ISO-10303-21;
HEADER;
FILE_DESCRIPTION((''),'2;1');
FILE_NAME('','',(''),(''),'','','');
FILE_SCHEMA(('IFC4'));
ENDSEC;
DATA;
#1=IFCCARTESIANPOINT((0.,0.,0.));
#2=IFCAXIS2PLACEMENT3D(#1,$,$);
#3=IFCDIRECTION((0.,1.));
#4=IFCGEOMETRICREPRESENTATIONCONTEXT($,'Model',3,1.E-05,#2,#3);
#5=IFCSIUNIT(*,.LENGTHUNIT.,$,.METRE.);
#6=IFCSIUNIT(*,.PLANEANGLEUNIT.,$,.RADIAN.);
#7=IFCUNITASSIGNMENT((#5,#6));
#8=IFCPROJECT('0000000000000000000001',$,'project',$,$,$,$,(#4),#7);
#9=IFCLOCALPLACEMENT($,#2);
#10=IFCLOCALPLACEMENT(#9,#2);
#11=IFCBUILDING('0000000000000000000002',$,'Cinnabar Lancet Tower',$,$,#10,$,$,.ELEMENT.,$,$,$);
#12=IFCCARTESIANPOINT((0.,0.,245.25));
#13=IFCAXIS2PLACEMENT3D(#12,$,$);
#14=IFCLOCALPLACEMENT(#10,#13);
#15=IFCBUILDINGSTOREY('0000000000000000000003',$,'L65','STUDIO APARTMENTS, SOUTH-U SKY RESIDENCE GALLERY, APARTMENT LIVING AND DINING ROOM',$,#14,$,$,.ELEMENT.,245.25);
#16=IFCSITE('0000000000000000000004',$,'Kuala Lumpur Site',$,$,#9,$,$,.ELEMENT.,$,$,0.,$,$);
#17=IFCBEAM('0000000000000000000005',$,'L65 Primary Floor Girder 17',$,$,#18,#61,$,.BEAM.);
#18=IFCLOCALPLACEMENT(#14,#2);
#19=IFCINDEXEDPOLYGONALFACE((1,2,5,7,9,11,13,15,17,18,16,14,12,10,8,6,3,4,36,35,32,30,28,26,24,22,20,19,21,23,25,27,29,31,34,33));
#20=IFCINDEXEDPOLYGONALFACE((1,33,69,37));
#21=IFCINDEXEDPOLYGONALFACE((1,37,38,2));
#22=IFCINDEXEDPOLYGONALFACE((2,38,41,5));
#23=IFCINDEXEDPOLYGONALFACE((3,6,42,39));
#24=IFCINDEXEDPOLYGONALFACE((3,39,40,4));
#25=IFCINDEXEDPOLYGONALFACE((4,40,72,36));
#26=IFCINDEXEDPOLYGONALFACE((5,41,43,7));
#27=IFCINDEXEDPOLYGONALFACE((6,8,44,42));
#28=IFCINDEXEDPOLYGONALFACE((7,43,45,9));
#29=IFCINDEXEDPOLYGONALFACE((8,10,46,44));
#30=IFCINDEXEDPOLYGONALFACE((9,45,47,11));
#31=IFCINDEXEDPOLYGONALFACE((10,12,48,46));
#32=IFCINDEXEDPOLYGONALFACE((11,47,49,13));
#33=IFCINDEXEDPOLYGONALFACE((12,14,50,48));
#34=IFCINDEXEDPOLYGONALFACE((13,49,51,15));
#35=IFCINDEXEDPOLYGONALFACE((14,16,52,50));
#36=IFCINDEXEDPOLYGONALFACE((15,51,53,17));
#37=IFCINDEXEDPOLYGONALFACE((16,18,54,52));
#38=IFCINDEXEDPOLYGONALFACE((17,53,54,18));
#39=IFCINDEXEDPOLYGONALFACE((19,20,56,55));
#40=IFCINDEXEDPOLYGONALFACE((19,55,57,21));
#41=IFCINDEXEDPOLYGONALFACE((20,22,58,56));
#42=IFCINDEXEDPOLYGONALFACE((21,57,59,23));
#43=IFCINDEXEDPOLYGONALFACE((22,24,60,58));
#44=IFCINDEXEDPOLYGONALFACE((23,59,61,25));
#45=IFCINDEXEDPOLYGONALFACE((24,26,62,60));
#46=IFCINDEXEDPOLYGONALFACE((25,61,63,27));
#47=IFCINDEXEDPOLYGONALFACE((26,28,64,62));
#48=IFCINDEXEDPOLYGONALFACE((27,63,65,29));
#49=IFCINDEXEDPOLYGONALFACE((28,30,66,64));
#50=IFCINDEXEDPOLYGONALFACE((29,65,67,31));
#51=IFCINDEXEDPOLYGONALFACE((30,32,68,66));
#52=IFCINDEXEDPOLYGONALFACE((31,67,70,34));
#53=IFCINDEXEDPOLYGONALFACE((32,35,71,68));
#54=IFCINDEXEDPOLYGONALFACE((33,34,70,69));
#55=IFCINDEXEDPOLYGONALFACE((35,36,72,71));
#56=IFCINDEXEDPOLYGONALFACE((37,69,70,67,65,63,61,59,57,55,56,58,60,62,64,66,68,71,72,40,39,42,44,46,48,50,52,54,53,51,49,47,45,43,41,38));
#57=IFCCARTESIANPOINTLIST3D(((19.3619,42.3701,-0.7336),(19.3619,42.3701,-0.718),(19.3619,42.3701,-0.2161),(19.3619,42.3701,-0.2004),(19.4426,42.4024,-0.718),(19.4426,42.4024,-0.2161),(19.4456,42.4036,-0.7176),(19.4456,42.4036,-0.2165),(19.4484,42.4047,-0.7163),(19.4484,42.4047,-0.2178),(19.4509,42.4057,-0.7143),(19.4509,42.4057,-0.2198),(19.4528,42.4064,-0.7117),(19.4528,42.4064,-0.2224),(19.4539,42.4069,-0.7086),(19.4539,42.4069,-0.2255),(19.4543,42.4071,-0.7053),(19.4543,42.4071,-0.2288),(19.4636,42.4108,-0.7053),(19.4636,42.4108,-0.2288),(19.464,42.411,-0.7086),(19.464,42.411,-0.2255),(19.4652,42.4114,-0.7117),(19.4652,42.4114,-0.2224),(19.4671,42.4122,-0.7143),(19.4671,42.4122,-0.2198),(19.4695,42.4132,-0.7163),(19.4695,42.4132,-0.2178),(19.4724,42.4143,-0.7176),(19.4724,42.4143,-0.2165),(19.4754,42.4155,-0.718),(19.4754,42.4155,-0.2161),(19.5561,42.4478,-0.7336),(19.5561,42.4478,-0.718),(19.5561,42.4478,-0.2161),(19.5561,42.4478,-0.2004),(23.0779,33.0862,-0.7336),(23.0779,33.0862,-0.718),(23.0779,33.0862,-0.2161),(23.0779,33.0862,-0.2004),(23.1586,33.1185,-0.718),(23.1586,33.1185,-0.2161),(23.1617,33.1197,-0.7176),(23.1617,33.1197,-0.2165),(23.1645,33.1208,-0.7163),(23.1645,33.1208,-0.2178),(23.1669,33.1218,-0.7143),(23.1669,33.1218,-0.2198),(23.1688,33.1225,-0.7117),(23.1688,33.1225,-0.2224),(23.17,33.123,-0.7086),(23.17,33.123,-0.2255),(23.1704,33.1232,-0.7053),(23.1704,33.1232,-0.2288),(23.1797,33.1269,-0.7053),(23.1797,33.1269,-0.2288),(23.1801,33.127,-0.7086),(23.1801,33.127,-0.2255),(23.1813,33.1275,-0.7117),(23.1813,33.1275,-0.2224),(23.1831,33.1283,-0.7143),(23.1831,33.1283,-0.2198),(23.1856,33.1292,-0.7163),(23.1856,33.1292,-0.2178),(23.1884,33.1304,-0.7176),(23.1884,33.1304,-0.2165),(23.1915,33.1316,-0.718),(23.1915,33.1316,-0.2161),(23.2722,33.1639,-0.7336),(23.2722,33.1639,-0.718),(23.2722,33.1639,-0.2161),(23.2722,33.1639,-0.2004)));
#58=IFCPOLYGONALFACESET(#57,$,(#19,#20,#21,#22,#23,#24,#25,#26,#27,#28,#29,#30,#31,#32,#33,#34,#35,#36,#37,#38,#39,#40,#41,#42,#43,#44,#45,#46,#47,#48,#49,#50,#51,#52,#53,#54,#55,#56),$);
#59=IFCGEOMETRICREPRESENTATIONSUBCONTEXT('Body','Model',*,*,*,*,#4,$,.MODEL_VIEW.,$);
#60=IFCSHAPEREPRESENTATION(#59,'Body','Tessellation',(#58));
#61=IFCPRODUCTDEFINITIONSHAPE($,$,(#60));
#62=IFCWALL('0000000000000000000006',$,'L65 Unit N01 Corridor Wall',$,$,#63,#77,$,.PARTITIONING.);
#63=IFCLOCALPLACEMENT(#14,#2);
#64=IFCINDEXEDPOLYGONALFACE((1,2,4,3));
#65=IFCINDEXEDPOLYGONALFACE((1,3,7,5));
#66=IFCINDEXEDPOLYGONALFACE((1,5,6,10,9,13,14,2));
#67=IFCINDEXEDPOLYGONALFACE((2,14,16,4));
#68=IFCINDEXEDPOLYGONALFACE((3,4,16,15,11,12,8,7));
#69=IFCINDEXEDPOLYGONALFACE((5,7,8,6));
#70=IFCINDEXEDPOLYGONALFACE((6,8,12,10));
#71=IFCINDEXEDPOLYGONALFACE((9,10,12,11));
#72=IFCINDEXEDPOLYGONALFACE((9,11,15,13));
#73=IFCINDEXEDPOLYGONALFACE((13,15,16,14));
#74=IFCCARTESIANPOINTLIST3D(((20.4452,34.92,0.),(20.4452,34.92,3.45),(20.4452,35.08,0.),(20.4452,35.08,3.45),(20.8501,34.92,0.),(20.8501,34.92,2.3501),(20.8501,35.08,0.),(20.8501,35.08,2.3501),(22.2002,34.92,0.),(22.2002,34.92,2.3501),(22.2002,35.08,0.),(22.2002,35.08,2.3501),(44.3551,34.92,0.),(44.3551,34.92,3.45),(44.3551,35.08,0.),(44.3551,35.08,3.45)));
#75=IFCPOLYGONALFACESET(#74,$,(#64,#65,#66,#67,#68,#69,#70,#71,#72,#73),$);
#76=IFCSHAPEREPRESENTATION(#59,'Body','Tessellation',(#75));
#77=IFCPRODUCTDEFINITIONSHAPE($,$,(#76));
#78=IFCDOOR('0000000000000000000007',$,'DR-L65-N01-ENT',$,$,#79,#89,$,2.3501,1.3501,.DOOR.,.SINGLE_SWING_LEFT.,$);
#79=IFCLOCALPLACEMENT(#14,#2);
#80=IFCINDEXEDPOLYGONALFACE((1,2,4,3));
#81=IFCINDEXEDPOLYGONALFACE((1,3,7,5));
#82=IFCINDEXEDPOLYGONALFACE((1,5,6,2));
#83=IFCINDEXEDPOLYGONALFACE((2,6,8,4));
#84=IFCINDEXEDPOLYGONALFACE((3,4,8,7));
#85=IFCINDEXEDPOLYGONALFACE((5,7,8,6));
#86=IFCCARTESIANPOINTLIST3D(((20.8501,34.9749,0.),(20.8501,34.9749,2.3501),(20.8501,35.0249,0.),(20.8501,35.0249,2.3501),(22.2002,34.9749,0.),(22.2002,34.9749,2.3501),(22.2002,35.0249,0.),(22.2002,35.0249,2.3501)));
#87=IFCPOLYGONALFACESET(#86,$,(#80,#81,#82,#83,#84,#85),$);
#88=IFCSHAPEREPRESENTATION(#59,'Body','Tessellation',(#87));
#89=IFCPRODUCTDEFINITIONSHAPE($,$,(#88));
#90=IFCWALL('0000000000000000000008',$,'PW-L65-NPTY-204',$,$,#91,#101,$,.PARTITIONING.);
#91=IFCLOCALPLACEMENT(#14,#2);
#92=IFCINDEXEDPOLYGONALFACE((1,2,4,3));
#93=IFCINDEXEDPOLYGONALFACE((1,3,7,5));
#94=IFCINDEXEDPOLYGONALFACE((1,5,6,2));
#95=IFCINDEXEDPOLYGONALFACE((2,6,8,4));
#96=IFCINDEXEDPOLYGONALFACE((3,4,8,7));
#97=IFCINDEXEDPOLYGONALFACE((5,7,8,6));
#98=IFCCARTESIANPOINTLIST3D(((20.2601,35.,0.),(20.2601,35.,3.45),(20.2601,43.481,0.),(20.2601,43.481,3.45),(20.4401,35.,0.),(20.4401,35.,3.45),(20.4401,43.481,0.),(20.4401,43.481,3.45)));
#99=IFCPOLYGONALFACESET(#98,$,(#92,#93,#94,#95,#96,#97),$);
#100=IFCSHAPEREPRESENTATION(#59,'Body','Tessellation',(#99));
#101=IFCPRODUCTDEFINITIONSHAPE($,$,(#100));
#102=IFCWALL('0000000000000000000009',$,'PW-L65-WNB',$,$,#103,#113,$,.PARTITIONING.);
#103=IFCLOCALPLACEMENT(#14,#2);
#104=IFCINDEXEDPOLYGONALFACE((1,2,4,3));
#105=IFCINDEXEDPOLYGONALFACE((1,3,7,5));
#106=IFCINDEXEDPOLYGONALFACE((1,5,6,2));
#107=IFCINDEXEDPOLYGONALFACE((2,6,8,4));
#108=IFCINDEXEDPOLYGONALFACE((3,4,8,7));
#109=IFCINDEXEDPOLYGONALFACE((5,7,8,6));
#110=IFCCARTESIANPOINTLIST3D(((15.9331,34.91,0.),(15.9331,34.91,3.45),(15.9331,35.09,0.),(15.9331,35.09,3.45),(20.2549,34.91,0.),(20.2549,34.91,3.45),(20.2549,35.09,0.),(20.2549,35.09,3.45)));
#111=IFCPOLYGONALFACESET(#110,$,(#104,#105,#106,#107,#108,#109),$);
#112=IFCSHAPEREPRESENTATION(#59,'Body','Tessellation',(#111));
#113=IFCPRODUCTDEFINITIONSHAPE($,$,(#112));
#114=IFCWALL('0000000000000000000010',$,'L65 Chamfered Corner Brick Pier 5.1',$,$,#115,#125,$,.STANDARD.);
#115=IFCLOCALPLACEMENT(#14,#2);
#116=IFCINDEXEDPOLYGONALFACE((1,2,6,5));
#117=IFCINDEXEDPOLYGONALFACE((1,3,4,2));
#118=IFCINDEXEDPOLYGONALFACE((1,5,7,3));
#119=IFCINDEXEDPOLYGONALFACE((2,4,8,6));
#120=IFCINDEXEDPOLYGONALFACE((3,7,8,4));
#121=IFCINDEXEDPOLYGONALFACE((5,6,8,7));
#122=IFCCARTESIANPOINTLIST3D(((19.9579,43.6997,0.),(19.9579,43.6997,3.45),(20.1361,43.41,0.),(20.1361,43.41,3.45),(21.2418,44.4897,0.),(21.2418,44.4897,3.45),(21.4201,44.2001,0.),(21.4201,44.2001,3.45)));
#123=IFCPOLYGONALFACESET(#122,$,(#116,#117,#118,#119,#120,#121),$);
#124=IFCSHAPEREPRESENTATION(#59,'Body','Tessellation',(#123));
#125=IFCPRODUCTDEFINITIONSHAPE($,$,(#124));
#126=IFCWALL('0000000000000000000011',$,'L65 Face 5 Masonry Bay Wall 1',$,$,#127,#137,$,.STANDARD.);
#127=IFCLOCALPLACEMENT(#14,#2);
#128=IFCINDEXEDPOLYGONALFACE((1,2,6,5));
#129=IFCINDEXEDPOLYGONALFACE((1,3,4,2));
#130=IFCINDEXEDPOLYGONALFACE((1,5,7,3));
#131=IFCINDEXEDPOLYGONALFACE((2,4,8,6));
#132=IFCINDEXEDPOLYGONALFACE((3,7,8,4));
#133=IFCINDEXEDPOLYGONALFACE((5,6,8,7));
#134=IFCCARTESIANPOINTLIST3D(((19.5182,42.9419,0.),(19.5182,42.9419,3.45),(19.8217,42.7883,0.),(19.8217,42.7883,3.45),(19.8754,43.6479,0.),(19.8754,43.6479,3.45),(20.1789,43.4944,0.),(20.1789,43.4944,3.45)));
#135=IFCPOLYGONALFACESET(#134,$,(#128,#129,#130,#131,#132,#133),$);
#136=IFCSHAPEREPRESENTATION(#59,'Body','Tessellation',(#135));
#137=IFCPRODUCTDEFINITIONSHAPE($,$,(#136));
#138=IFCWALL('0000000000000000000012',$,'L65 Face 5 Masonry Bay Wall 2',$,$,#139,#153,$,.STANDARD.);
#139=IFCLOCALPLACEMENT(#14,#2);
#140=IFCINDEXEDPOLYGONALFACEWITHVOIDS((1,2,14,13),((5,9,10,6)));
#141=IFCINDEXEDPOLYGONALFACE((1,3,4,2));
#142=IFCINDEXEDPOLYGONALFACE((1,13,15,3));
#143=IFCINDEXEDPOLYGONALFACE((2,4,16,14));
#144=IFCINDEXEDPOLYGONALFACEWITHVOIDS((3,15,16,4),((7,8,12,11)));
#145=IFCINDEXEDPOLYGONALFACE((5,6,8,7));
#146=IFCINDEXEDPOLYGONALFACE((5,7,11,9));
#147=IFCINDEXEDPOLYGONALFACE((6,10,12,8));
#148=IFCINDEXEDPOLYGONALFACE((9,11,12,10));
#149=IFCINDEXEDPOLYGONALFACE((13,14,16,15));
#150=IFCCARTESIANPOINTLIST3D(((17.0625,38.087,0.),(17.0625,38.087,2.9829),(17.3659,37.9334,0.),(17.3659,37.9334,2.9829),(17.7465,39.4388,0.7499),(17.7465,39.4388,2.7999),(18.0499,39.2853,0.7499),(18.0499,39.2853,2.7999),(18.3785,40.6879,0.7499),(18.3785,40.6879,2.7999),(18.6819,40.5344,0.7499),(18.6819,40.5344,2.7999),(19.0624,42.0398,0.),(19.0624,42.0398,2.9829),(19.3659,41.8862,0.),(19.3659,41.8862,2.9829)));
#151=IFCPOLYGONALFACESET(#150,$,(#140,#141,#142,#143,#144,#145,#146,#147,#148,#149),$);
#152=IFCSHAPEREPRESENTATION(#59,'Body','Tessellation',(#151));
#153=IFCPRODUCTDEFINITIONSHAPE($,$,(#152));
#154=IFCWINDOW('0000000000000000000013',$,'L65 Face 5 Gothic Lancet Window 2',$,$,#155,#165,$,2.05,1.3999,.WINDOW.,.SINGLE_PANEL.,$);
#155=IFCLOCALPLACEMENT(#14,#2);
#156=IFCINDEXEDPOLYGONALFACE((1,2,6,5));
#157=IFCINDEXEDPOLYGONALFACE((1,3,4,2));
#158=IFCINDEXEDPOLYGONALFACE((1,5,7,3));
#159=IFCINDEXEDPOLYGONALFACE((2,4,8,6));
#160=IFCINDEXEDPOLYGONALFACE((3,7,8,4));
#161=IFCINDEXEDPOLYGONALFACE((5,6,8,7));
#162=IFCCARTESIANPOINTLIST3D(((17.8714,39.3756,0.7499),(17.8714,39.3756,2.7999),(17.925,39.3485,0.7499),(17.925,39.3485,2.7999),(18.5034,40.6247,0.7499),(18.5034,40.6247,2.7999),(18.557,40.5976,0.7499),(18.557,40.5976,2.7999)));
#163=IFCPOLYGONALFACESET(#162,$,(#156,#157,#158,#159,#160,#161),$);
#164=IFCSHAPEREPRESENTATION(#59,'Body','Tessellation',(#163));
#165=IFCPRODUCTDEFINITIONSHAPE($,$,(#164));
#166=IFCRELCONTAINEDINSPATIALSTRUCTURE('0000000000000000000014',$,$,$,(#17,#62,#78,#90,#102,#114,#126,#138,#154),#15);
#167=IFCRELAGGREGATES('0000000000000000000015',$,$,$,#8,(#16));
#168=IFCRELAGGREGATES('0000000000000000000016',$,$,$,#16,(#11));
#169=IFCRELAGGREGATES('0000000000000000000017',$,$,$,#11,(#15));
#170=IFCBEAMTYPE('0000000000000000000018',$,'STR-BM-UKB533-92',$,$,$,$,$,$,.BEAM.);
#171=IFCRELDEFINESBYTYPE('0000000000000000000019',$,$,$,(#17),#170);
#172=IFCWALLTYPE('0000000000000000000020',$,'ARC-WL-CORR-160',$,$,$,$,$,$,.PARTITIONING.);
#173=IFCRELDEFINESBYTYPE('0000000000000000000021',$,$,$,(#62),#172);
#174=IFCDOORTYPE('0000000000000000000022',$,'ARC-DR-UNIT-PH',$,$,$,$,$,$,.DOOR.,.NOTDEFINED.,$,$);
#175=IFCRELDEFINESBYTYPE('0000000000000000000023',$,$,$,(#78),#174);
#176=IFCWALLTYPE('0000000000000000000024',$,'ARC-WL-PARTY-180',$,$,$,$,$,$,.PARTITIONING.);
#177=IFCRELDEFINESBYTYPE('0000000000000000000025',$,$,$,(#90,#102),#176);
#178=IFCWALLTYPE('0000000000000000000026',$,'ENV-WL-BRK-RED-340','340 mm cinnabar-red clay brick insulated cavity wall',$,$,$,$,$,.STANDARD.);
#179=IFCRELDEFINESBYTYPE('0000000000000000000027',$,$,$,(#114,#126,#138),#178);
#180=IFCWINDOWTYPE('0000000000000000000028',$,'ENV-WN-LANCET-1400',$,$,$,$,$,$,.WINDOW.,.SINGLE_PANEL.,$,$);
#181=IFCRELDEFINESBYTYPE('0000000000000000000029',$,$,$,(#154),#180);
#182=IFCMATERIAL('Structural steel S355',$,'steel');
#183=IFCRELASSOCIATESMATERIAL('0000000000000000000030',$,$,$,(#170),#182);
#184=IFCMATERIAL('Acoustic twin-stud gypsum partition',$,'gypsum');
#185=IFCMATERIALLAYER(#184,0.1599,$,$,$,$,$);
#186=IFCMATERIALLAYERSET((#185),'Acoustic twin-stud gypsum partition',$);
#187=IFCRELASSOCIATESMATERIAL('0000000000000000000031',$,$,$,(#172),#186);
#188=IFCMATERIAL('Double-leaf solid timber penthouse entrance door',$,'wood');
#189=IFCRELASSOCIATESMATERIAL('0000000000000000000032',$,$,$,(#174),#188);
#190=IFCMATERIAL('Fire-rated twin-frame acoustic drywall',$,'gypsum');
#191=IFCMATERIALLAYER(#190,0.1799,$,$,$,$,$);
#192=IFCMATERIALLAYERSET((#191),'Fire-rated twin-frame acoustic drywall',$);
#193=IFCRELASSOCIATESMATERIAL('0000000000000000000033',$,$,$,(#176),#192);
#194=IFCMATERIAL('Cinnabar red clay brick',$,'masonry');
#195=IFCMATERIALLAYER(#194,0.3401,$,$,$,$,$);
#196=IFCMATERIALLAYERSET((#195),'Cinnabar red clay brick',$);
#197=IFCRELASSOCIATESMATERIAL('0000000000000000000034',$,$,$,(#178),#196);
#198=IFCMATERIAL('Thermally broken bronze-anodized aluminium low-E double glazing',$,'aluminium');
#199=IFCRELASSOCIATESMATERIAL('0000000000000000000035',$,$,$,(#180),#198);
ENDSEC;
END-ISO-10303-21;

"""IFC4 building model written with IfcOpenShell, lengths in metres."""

from ifc_helpers import new_model, si_unit, direction, frame, frame_2d, origin, origin_2d, place, context, subcontext, project, spatial, rectangle, i_section, extrude, material, layer, layer_set, material_profile, profile_set, type_object, element, fill, save


model = new_model("IFC4")

# Units and contexts
model_context = context("Model", 3, precision=1e-05, world=origin(), true_north=direction((0.0, 1.0)))
body_context = subcontext(model_context, "Body", "Model", "MODEL_VIEW")
ifc_project = project(units=[si_unit("LENGTHUNIT", "METRE"), si_unit("PLANEANGLEUNIT", "RADIAN")], contexts=[model_context])

# Site, building, storey
site_placement = place(None, origin())
site = spatial("IfcSite", under=ifc_project, at=site_placement, Name="Kuala Lumpur Site", CompositionType="ELEMENT", RefElevation=0.0)
building_placement = place(site_placement, origin())
building = spatial("IfcBuilding", under=site, at=building_placement, Name="Cinnabar Lancet Tower", CompositionType="ELEMENT")
storey_placement = place(building_placement, frame((0.0, 0.0, 245.25)))
storey = spatial("IfcBuildingStorey", under=building, at=storey_placement, Name="L65", Description="STUDIO APARTMENTS, SOUTH-U SKY RESIDENCE GALLERY, APARTMENT LIVING AND DINING ROOM", CompositionType="ELEMENT", Elevation=245.25)

# Beam
ifc_material_1 = material(Name="Structural steel S355", Category="steel")
ifc_material_profile_1 = material_profile(ifc_material_1, i_section(OverallWidth=0.2092, OverallDepth=0.5332, WebThickness=0.01, FlangeThickness=0.0156, FilletRadius=0.0127, at=origin_2d()), Name="UKB 533x210x92")
ifc_profile_set_1 = profile_set([ifc_material_profile_1], Name="Structural steel S355")
beam_type_1 = type_object("IfcBeamType", Name="STR-BM-UKB533-92", PredefinedType="BEAM", material=ifc_profile_set_1)
beam_1_placement = place(storey_placement, frame((19.459, 42.4089, -0.467), z_axis=(0.371605, -0.928391, 0.0), x_axis=(0.928391, 0.371605, 0.0)))
element("IfcBeam", 1, at=beam_1_placement, inside=storey, type_object=beam_type_1, Name="L65 Primary Floor Girder 17", PredefinedType="BEAM", context=body_context, shape_type="SweptSolid", body=[
    extrude(i_section(OverallWidth=0.2092, OverallDepth=0.5332, WebThickness=0.01, FlangeThickness=0.0156, FilletRadius=0.0127, at=origin_2d()), origin(), (0.0, 0.0, 1.0), 10.0),
])

# Wall, opening, door
ifc_material_2 = material(Name="Acoustic twin-stud gypsum partition", Category="gypsum")
ifc_layer_1 = layer(ifc_material_2, 0.1599)
ifc_layer_set_1 = layer_set([ifc_layer_1], Name="Acoustic twin-stud gypsum partition")
wall_type_1 = type_object("IfcWallType", Name="ARC-WL-CORR-160", PredefinedType="PARTITIONING", material=ifc_layer_set_1)
wall_1_placement = place(storey_placement, frame((20.4451, 35.0, 0.0), z_axis=(0.0, 0.0, 1.0), x_axis=(1.0, 0.0, 0.0)))
wall_1 = element("IfcWall", 2, at=wall_1_placement, inside=storey, type_object=wall_type_1, Name="L65 Unit N01 Corridor Wall", PredefinedType="PARTITIONING", context=body_context, shape_type="SweptSolid", body=[
    extrude(rectangle(XDim=23.9099, YDim=0.1599, at=frame_2d((11.9551, 0.0))), origin(), (0.0, 0.0, 1.0), 3.45),
])
opening_1_placement = place(wall_1_placement, frame((0.405, 0.0, 0.0)))
opening_1 = element("IfcOpeningElement", 3, at=opening_1_placement, cuts=wall_1, PredefinedType="OPENING", context=body_context, shape_type="SweptSolid", body=[
    extrude(rectangle(XDim=1.3501, YDim=2.3501, at=frame_2d((0.675, 1.175))), frame((0.0, 0.0898, 0.0), z_axis=(0.0, -1.0, 0.0), x_axis=(1.0, 0.0, 0.0)), (0.0, 0.0, 1.0), 0.1799),
])
ifc_material_3 = material(Name="Double-leaf solid timber penthouse entrance door", Category="wood")
door_type = type_object("IfcDoorType", Name="ARC-DR-UNIT-PH", OperationType="NOTDEFINED", PredefinedType="DOOR", material=ifc_material_3)
door_placement = place(opening_1_placement, origin())
door = element("IfcDoor", 4, at=door_placement, inside=storey, type_object=door_type, Name="DR-L65-N01-ENT", OperationType="SINGLE_SWING_LEFT", OverallHeight=2.3501, OverallWidth=1.3501, PredefinedType="DOOR", context=body_context, shape_type="SweptSolid", body=[
    extrude(rectangle(XDim=1.3501, YDim=2.3501, at=frame_2d((0.675, 1.175))), frame((0.0, 0.0249, 0.0), z_axis=(0.0, -1.0, 0.0), x_axis=(1.0, 0.0, 0.0)), (0.0, 0.0, 1.0), 0.05),
])
fill(opening_1, door)

# Walls
ifc_material_4 = material(Name="Fire-rated twin-frame acoustic drywall", Category="gypsum")
ifc_layer_2 = layer(ifc_material_4, 0.1799)
ifc_layer_set_2 = layer_set([ifc_layer_2], Name="Fire-rated twin-frame acoustic drywall")
wall_type_2 = type_object("IfcWallType", Name="ARC-WL-PARTY-180", PredefinedType="PARTITIONING", material=ifc_layer_set_2)
wall_2_placement = place(storey_placement, frame((20.3501, 35.0, 0.0), z_axis=(0.0, 0.0, 1.0), x_axis=(0.0, 1.0, 0.0)))
element("IfcWall", 5, at=wall_2_placement, inside=storey, type_object=wall_type_2, Name="PW-L65-NPTY-204", PredefinedType="PARTITIONING", context=body_context, shape_type="SweptSolid", body=[
    extrude(rectangle(XDim=8.481, YDim=0.1799, at=frame_2d((4.2405, 0.0))), origin(), (0.0, 0.0, 1.0), 3.45),
])
wall_3_placement = place(storey_placement, frame((15.9331, 35.0, 0.0), z_axis=(0.0, 0.0, 1.0), x_axis=(1.0, 0.0, 0.0)))
element("IfcWall", 6, at=wall_3_placement, inside=storey, type_object=wall_type_2, Name="PW-L65-WNB", PredefinedType="PARTITIONING", context=body_context, shape_type="SweptSolid", body=[
    extrude(rectangle(XDim=4.3218, YDim=0.1799, at=frame_2d((2.1609, 0.0))), origin(), (0.0, 0.0, 1.0), 3.45),
])
ifc_material_5 = material(Name="Cinnabar red clay brick", Category="masonry")
ifc_layer_3 = layer(ifc_material_5, 0.3401)
ifc_layer_set_3 = layer_set([ifc_layer_3], Name="Cinnabar red clay brick")
wall_type_3 = type_object("IfcWallType", Name="ENV-WL-BRK-RED-340", Description="340 mm cinnabar-red clay brick insulated cavity wall", PredefinedType="STANDARD", material=ifc_layer_set_3)
wall_4_placement = place(storey_placement, frame((21.3311, 44.345, 0.0), z_axis=(0.0, 0.0, 1.0), x_axis=(-0.851681, -0.524061, 0.0)))
element("IfcWall", 7, at=wall_4_placement, inside=storey, type_object=wall_type_3, Name="L65 Chamfered Corner Brick Pier 5.1", PredefinedType="STANDARD", context=body_context, shape_type="SweptSolid", body=[
    extrude(rectangle(XDim=1.5076, YDim=0.3401, at=frame_2d((0.7539, 0.0))), origin(), (0.0, 0.0, 1.0), 3.45),
])
wall_5_placement = place(storey_placement, frame((20.0271, 43.571, 0.0), z_axis=(0.0, 0.0, 1.0), x_axis=(-0.451405, -0.892319, 0.0)))
element("IfcWall", 8, at=wall_5_placement, inside=storey, type_object=wall_type_3, Name="L65 Face 5 Masonry Bay Wall 1", PredefinedType="STANDARD", context=body_context, shape_type="SweptSolid", body=[
    extrude(rectangle(XDim=0.7913, YDim=0.3401, at=frame_2d((0.3955, 0.0))), origin(), (0.0, 0.0, 1.0), 3.45),
])

# Wall, opening, window
wall_6_placement = place(storey_placement, frame((19.2141, 41.9629, 0.0), z_axis=(0.0, 0.0, 1.0), x_axis=(-0.451463, -0.89229, 0.0)))
wall_6 = element("IfcWall", 9, at=wall_6_placement, inside=storey, type_object=wall_type_3, Name="L65 Face 5 Masonry Bay Wall 2", PredefinedType="STANDARD", context=body_context, shape_type="SweptSolid", body=[
    extrude(rectangle(XDim=4.4299, YDim=0.3401, at=frame_2d((2.2148, 0.0))), origin(), (0.0, 0.0, 1.0), 2.9829),
])
opening_2_placement = place(wall_6_placement, frame((1.5149, 0.0, 0.75)))
opening_2 = element("IfcOpeningElement", 10, at=opening_2_placement, cuts=wall_6, PredefinedType="OPENING", context=body_context, shape_type="SweptSolid", body=[
    extrude(rectangle(XDim=1.3999, YDim=2.05, at=frame_2d((0.7, 1.0249))), frame((0.0, 0.1799, 0.0), z_axis=(0.0, -1.0, 0.0), x_axis=(1.0, 0.0, 0.0)), (0.0, 0.0, 1.0), 0.3601),
])
ifc_material_6 = material(Name="Thermally broken bronze-anodized aluminium low-E double glazing", Category="aluminium")
window_type_1 = type_object("IfcWindowType", Name="ENV-WN-LANCET-1400", PartitioningType="SINGLE_PANEL", PredefinedType="WINDOW", material=ifc_material_6)
window_1_placement = place(opening_2_placement, origin())
window_1 = element("IfcWindow", 11, at=window_1_placement, inside=storey, type_object=window_type_1, Name="L65 Face 5 Gothic Lancet Window 2", OverallHeight=2.05, OverallWidth=1.3999, PartitioningType="SINGLE_PANEL", PredefinedType="WINDOW", context=body_context, shape_type="SweptSolid", body=[
    extrude(rectangle(XDim=1.3999, YDim=2.05, at=frame_2d((0.7, 1.0249))), frame((0.0, 0.03, 0.0), z_axis=(0.0, -1.0, 0.0), x_axis=(1.0, 0.0, 0.0)), (0.0, 0.0, 1.0), 0.0601),
])
fill(opening_2, window_1)

save(model, "model.ifc")
